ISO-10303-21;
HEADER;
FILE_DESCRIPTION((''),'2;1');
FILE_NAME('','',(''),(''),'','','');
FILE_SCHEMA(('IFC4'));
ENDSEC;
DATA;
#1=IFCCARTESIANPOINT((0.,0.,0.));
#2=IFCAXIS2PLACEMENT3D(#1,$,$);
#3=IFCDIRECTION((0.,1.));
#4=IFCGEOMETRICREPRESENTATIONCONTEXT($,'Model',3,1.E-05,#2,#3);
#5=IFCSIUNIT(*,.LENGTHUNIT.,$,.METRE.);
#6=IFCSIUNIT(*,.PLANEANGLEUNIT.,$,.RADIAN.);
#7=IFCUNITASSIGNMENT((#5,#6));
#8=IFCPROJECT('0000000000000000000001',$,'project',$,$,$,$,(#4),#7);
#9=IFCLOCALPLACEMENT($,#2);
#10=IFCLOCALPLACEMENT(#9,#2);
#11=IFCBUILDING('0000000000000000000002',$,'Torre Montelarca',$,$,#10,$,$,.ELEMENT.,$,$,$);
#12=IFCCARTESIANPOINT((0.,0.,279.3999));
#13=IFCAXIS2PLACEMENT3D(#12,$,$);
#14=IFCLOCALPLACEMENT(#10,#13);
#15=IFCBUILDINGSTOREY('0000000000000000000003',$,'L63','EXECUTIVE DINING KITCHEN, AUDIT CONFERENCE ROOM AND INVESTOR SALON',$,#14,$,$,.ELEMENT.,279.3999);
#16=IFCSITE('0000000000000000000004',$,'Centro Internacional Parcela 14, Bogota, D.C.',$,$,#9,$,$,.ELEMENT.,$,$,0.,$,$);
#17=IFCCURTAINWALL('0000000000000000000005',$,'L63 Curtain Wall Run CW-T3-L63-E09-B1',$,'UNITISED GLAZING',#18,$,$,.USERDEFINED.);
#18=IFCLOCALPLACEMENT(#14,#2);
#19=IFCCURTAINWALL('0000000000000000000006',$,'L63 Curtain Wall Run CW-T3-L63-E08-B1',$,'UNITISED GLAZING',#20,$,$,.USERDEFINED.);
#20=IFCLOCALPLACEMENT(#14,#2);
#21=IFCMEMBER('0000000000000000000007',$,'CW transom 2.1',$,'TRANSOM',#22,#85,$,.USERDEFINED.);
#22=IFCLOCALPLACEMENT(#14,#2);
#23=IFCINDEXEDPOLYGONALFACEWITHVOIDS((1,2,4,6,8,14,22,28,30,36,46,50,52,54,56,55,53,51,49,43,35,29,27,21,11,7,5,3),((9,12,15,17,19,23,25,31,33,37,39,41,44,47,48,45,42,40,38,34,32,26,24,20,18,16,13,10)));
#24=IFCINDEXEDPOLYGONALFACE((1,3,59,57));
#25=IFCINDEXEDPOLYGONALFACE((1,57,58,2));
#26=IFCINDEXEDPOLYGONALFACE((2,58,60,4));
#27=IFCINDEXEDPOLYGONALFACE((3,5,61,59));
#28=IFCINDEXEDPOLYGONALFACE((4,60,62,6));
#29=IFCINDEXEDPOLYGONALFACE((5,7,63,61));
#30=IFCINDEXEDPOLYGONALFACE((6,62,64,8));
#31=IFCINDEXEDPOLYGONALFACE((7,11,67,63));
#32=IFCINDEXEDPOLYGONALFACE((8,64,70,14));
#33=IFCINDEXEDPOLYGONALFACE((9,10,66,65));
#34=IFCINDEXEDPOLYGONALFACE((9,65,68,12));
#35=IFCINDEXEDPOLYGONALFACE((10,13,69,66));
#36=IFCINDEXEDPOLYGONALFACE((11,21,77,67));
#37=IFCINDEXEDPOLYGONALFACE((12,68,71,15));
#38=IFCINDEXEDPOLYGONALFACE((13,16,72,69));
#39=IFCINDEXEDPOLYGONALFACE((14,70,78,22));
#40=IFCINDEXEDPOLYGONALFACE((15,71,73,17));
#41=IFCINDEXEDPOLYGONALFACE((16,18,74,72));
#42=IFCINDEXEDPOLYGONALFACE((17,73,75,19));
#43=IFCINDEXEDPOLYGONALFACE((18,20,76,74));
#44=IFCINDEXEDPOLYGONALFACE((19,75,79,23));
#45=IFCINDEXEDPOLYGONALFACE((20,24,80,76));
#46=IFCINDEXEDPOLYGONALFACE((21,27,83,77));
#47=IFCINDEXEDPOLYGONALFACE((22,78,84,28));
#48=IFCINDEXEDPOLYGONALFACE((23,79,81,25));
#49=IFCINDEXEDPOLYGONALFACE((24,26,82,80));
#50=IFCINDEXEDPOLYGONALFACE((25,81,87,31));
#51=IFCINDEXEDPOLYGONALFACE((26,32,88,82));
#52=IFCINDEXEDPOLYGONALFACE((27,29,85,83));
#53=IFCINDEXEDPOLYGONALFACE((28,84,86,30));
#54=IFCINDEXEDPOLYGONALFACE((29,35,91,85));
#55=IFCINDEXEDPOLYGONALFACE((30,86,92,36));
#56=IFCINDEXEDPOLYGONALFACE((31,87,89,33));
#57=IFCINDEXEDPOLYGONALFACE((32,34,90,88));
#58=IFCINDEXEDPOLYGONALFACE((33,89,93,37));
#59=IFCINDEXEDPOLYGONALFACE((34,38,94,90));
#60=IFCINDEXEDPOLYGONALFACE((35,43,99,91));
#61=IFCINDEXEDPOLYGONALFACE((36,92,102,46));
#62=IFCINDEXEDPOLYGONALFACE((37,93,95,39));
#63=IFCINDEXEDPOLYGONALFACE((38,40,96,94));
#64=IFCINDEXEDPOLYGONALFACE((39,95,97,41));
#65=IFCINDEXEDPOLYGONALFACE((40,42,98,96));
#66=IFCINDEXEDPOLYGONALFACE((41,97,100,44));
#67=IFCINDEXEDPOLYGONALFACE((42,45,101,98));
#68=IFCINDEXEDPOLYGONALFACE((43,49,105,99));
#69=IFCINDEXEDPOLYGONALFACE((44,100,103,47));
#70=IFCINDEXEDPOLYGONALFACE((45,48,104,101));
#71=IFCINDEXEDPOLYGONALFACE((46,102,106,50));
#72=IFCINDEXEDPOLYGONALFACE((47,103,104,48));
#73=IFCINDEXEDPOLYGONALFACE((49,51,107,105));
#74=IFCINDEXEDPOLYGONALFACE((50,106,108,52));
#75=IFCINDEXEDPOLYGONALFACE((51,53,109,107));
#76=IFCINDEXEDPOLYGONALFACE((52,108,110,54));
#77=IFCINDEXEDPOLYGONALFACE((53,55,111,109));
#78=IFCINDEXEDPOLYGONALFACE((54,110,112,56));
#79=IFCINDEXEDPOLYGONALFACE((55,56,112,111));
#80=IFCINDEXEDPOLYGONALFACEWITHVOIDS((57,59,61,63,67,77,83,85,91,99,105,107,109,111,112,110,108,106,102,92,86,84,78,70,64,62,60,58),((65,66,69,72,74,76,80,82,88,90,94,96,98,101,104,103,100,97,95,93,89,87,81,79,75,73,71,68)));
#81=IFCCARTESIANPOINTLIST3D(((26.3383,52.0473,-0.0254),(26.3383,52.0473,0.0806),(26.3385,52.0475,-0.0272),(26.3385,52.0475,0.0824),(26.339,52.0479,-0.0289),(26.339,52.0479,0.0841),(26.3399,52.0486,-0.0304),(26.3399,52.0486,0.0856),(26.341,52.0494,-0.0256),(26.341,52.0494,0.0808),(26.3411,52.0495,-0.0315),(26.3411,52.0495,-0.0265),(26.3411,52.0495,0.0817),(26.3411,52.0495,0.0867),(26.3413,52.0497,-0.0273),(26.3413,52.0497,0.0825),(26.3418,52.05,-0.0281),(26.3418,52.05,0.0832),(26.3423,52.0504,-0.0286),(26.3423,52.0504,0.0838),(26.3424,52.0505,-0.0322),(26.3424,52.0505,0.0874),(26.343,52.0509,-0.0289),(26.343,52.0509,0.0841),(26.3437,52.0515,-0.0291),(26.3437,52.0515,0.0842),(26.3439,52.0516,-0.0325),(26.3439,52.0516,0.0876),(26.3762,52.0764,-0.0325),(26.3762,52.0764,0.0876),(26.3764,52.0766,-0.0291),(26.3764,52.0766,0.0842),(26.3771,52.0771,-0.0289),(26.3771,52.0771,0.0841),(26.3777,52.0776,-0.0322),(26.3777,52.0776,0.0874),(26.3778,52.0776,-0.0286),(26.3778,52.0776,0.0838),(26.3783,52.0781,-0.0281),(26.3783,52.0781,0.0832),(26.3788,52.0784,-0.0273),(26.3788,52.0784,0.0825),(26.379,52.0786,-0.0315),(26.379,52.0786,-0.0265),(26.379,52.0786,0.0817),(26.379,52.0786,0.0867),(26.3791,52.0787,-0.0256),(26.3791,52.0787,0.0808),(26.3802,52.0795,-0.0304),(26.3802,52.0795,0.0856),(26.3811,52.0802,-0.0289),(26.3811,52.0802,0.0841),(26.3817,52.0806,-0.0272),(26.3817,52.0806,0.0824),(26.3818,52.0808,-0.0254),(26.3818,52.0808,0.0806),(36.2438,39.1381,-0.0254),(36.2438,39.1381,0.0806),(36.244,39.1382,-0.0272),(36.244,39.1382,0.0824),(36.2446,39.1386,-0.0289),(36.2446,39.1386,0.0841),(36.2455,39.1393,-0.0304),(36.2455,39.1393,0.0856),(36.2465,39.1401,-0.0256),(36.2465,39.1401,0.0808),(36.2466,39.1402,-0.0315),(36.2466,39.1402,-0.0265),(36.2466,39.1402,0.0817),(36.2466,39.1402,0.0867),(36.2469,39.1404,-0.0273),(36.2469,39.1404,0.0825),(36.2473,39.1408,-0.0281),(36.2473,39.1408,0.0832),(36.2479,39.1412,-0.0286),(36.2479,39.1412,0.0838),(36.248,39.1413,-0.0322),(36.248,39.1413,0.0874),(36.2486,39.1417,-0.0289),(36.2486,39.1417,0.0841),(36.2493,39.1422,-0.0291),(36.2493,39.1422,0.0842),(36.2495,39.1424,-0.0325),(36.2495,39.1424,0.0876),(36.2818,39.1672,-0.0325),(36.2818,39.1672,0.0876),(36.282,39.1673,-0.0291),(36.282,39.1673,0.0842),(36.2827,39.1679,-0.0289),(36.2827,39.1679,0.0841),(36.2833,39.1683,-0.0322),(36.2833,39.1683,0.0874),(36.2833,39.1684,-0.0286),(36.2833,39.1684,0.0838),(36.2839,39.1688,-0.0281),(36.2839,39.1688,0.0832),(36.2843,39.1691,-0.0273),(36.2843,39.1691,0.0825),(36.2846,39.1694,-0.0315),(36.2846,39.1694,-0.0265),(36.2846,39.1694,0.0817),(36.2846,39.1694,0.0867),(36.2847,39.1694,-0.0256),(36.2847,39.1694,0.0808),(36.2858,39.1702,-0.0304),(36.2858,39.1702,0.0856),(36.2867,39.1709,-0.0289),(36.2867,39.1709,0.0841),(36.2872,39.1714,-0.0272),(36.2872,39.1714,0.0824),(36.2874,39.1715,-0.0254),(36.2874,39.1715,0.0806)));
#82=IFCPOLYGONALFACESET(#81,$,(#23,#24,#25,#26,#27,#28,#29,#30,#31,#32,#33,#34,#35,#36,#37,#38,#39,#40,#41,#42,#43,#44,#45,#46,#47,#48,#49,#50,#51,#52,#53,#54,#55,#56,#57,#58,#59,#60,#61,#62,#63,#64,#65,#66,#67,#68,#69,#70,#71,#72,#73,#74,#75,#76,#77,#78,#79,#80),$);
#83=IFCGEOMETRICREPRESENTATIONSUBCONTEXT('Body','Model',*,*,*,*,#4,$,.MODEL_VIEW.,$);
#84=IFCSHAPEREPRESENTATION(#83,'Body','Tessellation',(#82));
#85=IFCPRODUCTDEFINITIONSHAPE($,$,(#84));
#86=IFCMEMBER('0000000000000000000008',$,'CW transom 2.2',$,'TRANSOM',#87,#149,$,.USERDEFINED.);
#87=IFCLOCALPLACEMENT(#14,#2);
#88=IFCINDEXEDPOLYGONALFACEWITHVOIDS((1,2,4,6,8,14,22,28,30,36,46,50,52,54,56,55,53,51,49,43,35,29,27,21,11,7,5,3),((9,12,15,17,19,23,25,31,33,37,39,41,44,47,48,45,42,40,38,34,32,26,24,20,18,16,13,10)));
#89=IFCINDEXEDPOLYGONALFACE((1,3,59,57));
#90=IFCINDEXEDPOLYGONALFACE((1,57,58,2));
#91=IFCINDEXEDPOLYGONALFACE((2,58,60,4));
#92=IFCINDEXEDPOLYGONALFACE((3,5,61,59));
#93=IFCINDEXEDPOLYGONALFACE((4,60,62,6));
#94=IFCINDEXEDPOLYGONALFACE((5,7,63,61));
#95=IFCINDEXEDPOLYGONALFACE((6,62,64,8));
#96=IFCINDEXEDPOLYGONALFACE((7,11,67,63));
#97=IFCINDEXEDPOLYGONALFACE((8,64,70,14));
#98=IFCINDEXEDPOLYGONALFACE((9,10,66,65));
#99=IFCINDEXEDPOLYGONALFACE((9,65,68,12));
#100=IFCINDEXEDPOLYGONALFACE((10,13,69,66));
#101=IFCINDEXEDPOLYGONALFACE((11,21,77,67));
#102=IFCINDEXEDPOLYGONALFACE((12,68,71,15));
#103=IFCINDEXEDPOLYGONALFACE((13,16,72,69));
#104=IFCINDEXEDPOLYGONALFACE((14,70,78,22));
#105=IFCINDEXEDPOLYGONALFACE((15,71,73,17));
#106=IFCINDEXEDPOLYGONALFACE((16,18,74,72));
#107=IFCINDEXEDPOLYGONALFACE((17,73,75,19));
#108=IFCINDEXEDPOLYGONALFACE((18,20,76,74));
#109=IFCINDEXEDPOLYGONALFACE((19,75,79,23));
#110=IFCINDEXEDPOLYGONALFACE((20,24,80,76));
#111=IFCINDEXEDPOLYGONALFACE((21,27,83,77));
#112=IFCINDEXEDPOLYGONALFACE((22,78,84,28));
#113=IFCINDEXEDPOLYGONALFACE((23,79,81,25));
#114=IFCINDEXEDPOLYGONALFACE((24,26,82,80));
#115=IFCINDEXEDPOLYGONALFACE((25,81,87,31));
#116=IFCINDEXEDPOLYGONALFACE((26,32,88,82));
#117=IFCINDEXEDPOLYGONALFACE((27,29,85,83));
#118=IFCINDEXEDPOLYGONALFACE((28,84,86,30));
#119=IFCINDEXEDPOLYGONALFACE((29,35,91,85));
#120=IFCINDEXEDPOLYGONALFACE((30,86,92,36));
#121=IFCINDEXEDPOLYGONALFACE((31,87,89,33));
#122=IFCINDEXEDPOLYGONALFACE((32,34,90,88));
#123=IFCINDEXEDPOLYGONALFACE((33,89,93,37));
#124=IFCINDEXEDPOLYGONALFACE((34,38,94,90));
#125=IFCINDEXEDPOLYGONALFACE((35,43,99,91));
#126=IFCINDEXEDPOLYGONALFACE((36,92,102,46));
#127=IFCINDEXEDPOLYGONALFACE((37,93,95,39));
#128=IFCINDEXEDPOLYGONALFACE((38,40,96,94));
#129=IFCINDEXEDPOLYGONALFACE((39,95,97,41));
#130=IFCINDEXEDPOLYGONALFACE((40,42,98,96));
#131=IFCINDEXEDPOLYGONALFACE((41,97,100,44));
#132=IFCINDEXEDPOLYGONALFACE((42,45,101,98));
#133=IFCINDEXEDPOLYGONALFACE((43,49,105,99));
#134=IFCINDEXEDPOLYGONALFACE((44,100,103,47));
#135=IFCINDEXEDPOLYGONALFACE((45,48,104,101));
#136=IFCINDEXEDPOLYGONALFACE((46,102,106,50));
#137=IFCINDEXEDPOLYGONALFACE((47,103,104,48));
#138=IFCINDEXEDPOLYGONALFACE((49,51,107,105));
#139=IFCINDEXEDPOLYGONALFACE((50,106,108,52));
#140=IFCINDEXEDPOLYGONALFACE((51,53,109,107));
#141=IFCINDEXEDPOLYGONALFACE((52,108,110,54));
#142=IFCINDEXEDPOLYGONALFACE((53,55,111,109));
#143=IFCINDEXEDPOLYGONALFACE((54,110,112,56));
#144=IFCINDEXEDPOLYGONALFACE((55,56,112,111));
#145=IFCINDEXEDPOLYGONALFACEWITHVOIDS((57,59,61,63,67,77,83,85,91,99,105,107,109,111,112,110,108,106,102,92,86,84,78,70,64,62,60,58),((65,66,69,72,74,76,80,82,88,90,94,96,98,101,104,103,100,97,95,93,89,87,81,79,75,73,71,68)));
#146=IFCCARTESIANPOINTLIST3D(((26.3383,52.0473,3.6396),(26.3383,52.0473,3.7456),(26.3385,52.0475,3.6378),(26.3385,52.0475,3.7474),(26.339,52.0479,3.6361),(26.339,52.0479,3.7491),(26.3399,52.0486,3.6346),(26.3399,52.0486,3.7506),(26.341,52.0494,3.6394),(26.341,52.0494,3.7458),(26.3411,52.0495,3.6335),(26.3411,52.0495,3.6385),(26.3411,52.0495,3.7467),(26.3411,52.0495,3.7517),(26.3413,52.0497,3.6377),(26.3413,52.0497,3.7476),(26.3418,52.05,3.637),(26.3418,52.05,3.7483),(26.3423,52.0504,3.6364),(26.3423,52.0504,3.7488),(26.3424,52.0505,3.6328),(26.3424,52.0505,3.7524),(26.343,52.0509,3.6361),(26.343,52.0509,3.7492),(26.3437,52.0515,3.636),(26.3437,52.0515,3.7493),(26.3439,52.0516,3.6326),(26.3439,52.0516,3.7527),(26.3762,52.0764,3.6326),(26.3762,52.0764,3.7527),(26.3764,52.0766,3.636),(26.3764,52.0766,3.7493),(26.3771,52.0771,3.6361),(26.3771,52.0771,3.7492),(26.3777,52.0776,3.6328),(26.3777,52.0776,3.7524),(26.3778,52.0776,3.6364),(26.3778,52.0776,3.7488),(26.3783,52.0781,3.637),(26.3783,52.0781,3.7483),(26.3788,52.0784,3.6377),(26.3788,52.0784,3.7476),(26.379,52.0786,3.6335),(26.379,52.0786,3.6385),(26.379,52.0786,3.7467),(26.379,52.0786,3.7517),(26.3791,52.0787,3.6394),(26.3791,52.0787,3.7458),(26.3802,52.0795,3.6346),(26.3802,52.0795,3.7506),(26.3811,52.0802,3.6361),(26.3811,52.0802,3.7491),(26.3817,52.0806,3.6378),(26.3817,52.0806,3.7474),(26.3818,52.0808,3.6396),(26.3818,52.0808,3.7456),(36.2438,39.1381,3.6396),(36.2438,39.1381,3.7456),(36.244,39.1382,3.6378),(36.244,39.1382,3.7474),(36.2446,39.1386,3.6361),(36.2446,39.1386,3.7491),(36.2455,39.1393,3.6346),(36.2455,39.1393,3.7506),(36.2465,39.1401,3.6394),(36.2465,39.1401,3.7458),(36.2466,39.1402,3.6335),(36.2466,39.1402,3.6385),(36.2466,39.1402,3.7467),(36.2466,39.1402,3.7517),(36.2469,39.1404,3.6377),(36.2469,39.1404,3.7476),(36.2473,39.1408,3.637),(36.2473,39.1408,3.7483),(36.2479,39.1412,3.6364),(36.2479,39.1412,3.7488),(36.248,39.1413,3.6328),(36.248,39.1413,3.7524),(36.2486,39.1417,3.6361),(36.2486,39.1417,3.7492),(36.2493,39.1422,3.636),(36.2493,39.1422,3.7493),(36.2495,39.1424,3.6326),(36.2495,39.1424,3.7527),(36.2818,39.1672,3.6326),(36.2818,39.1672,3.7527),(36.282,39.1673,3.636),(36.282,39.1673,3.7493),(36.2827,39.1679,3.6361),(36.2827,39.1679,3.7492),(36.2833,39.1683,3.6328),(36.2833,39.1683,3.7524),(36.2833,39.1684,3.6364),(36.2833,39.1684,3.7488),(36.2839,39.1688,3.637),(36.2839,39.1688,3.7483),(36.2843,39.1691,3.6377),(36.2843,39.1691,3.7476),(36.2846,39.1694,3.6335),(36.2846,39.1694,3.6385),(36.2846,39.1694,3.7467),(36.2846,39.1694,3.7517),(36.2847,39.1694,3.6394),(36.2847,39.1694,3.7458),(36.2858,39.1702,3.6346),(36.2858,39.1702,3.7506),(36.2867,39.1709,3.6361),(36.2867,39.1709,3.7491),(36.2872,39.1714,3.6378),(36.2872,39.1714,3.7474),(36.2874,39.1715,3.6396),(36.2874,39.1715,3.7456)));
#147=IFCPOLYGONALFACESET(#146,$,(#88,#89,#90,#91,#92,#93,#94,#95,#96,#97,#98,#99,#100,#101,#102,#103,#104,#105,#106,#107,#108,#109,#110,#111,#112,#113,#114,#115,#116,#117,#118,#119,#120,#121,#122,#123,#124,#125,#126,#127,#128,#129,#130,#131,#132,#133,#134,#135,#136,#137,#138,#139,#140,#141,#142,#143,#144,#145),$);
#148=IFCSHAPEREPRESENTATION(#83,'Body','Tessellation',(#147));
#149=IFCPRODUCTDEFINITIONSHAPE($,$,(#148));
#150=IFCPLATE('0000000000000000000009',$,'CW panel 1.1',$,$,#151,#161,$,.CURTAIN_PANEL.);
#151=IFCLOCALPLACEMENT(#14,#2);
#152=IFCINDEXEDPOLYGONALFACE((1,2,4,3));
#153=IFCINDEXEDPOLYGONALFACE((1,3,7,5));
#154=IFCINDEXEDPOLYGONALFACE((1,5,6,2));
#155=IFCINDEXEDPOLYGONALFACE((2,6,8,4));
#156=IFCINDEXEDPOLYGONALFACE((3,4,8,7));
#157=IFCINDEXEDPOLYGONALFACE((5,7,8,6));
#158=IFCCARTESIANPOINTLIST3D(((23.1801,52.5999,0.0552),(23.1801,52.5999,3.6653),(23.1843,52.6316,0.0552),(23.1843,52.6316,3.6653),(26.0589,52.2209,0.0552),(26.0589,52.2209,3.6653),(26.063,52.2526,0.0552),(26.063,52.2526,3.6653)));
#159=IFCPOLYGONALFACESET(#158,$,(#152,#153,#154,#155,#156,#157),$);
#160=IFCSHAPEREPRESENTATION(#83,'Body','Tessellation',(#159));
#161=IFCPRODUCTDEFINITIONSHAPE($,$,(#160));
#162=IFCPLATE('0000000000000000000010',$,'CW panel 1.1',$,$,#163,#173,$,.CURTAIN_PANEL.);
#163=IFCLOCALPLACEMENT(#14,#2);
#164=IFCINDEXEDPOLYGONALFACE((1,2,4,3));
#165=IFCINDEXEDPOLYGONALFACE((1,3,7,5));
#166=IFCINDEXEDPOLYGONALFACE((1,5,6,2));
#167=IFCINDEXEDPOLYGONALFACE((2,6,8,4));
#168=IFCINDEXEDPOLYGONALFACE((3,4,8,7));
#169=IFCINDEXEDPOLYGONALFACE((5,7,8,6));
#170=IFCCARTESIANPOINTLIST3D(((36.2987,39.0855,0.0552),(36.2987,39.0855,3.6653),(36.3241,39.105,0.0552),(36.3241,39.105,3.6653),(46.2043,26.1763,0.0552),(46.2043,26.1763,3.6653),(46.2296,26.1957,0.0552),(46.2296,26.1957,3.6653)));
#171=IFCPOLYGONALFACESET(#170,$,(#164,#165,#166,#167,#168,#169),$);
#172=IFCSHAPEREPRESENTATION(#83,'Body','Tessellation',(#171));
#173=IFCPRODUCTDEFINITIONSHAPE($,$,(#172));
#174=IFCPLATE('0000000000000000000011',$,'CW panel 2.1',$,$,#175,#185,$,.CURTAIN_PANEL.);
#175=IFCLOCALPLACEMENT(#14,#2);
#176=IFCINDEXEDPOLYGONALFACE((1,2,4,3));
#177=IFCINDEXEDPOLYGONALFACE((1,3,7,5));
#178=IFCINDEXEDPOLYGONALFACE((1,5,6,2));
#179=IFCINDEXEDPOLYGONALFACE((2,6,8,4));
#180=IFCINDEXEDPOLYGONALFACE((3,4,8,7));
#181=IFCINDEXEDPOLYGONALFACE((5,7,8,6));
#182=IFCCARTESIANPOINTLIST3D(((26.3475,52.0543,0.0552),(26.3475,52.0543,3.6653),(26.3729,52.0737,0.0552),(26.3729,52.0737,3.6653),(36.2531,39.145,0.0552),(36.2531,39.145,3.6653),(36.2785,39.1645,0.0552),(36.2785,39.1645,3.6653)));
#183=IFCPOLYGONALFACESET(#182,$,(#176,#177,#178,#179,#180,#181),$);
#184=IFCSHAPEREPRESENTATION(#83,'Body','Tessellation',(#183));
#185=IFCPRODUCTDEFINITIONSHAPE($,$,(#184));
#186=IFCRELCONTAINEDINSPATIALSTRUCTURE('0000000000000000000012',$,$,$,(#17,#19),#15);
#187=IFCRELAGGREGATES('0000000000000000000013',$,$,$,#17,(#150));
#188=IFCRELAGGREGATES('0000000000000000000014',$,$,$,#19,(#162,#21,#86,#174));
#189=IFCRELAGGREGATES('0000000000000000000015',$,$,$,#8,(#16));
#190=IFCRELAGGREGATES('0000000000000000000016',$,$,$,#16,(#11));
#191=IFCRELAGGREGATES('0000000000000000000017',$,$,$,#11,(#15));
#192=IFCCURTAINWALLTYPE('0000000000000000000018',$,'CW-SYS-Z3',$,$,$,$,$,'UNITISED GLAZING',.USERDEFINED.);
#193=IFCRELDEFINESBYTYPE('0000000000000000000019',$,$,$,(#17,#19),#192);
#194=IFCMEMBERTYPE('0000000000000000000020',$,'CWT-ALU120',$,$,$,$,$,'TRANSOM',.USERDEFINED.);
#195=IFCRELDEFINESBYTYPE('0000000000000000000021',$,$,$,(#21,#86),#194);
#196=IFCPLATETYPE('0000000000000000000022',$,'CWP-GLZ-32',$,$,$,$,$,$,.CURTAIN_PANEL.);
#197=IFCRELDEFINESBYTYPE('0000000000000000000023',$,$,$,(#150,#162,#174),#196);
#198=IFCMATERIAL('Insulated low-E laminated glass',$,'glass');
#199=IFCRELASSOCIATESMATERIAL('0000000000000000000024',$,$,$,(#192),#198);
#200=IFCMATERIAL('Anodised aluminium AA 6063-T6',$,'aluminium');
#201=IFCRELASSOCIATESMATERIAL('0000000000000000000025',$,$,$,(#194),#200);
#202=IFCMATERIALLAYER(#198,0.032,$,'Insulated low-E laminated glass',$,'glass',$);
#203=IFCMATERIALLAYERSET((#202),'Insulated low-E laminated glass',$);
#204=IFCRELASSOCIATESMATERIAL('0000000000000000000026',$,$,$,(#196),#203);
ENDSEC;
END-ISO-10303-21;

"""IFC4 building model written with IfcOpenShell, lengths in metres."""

from ifc_helpers import new_model, si_unit, direction, frame, origin, origin_2d, place, context, subcontext, project, spatial, rectangle, hollow_rectangle, extrude, source, transform, mapped, material, layer, layer_set, material_profile, profile_set, type_object, element, aggregate, save


model = new_model("IFC4")

# Units and contexts
model_context = context("Model", 3, precision=1e-05, world=origin(), true_north=direction((0.0, 1.0)))
body_context = subcontext(model_context, "Body", "Model", "MODEL_VIEW")
ifc_project = project(units=[si_unit("LENGTHUNIT", "METRE"), si_unit("PLANEANGLEUNIT", "RADIAN")], contexts=[model_context])

# Site, building, storey
site_placement = place(None, origin())
site = spatial("IfcSite", under=ifc_project, at=site_placement, Name="Centro Internacional Parcela 14, Bogota, D.C.", CompositionType="ELEMENT", RefElevation=0.0)
building_placement = place(site_placement, origin())
building = spatial("IfcBuilding", under=site, at=building_placement, Name="Torre Montelarca", CompositionType="ELEMENT")
storey_placement = place(building_placement, frame((0.0, 0.0, 279.3999)))
storey = spatial("IfcBuildingStorey", under=building, at=storey_placement, Name="L63", Description="EXECUTIVE DINING KITCHEN, AUDIT CONFERENCE ROOM AND INVESTOR SALON", CompositionType="ELEMENT", Elevation=279.3999)

# Curtain wall
ifc_material_1 = material(Name="Insulated low-E laminated glass", Category="glass")
curtain_wall_type = type_object("IfcCurtainWallType", Name="CW-SYS-Z3", ElementType="UNITISED GLAZING", PredefinedType="USERDEFINED", material=ifc_material_1)
curtain_wall_1_placement = place(storey_placement, origin())
curtain_wall_1 = element("IfcCurtainWall", 1, at=curtain_wall_1_placement, inside=storey, type_object=curtain_wall_type, Name="L63 Curtain Wall Run CW-T3-L63-E09-B1", ObjectType="UNITISED GLAZING", PredefinedType="USERDEFINED")
ifc_material_2 = material(Name="Anodised aluminium AA 6063-T6", Category="aluminium")
ifc_material_profile_1 = material_profile(ifc_material_2, hollow_rectangle(XDim=0.0549, YDim=0.1201, WallThickness=0.0034, InnerFilletRadius=0.0034, OuterFilletRadius=0.0071, at=origin_2d()), Name="ALU55X120X3.5", Category="aluminium")
ifc_profile_set_1 = profile_set([ifc_material_profile_1], Name="Anodised aluminium AA 6063-T6")
member_type_1 = type_object("IfcMemberType", Name="CWT-ALU120", ElementType="TRANSOM", PredefinedType="USERDEFINED", material=ifc_profile_set_1)

# Curtain wall
curtain_wall_2_placement = place(storey_placement, origin())
curtain_wall_2 = element("IfcCurtainWall", 2, at=curtain_wall_2_placement, inside=storey, type_object=curtain_wall_type, Name="L63 Curtain Wall Run CW-T3-L63-E08-B1", ObjectType="UNITISED GLAZING", PredefinedType="USERDEFINED")

# Members
shared_shape_1 = source(origin(), body_context, "Body", "SweptSolid", [
    extrude(hollow_rectangle(XDim=0.0549, YDim=0.1201, WallThickness=0.0034, InnerFilletRadius=0.0034, OuterFilletRadius=0.0071, at=origin_2d()), origin(), (0.0, 0.0, 1.0), 16.2717),
])
member_1_placement = place(storey_placement, frame((36.2656, 39.1548, 0.0276), z_axis=(-0.60876, 0.793355, 0.0), x_axis=(-0.793355, -0.60876, 0.0)))
member_1 = element("IfcMember", 3, at=member_1_placement, type_object=member_type_1, Name="CW transom 2.1", ObjectType="TRANSOM", PredefinedType="USERDEFINED", context=body_context, shape_type="MappedRepresentation", body=[
    mapped(shared_shape_1, transform((0.0, 0.0, 0.0), scale=1.0)),
])
member_2_placement = place(storey_placement, frame((36.2656, 39.1548, 3.6926), z_axis=(-0.60876, 0.793355, 0.0), x_axis=(-0.793355, -0.60876, 0.0)))
member_2 = element("IfcMember", 4, at=member_2_placement, type_object=member_type_1, Name="CW transom 2.2", ObjectType="TRANSOM", PredefinedType="USERDEFINED", context=body_context, shape_type="MappedRepresentation", body=[
    mapped(shared_shape_1, transform((0.0, 0.0, 0.0), scale=1.0)),
])

# Plates
ifc_layer_1 = layer(ifc_material_1, 0.032, Name="Insulated low-E laminated glass", Category="glass")
ifc_layer_set_1 = layer_set([ifc_layer_1], Name="Insulated low-E laminated glass")
plate_type = type_object("IfcPlateType", Name="CWP-GLZ-32", PredefinedType="CURTAIN_PANEL", material=ifc_layer_set_1)
shared_shape_2 = source(origin(), body_context, "Body", "SweptSolid", [
    extrude(rectangle(XDim=2.9036, YDim=0.032, at=origin_2d()), origin(), (0.0, 0.0, 1.0), 3.6101),
])
plate_1_placement = place(storey_placement, frame((24.6216, 52.4263, 0.0552), z_axis=(0.0, 0.0, 1.0), x_axis=(-0.991446, 0.130514, 0.0)))
plate_1 = element("IfcPlate", 5, at=plate_1_placement, type_object=plate_type, Name="CW panel 1.1", PredefinedType="CURTAIN_PANEL", context=body_context, shape_type="MappedRepresentation", body=[
    mapped(shared_shape_2, transform((0.0, 0.0, 0.0), scale=1.0)),
])
aggregate(curtain_wall_1, [plate_1])
shared_shape_3 = source(origin(), body_context, "Body", "SweptSolid", [
    extrude(rectangle(XDim=16.2717, YDim=0.032, at=origin_2d()), origin(), (0.0, 0.0, 1.0), 3.6101),
])
plate_2_placement = place(storey_placement, frame((41.2642, 32.6406, 0.0552), z_axis=(0.0, 0.0, 1.0), x_axis=(-0.608761, 0.793354, 0.0)))
plate_2 = element("IfcPlate", 6, at=plate_2_placement, type_object=plate_type, Name="CW panel 1.1", PredefinedType="CURTAIN_PANEL", context=body_context, shape_type="MappedRepresentation", body=[
    mapped(shared_shape_3, transform((0.0, 0.0, 0.0), scale=1.0)),
])
plate_3_placement = place(storey_placement, frame((31.313, 45.6094, 0.0552), z_axis=(0.0, 0.0, 1.0), x_axis=(-0.608761, 0.793354, 0.0)))
plate_3 = element("IfcPlate", 7, at=plate_3_placement, type_object=plate_type, Name="CW panel 2.1", PredefinedType="CURTAIN_PANEL", context=body_context, shape_type="MappedRepresentation", body=[
    mapped(shared_shape_3, transform((0.0, 0.0, 0.0), scale=1.0)),
])
aggregate(curtain_wall_2, [plate_2, member_1, member_2, plate_3])

save(model, "model.ifc")
